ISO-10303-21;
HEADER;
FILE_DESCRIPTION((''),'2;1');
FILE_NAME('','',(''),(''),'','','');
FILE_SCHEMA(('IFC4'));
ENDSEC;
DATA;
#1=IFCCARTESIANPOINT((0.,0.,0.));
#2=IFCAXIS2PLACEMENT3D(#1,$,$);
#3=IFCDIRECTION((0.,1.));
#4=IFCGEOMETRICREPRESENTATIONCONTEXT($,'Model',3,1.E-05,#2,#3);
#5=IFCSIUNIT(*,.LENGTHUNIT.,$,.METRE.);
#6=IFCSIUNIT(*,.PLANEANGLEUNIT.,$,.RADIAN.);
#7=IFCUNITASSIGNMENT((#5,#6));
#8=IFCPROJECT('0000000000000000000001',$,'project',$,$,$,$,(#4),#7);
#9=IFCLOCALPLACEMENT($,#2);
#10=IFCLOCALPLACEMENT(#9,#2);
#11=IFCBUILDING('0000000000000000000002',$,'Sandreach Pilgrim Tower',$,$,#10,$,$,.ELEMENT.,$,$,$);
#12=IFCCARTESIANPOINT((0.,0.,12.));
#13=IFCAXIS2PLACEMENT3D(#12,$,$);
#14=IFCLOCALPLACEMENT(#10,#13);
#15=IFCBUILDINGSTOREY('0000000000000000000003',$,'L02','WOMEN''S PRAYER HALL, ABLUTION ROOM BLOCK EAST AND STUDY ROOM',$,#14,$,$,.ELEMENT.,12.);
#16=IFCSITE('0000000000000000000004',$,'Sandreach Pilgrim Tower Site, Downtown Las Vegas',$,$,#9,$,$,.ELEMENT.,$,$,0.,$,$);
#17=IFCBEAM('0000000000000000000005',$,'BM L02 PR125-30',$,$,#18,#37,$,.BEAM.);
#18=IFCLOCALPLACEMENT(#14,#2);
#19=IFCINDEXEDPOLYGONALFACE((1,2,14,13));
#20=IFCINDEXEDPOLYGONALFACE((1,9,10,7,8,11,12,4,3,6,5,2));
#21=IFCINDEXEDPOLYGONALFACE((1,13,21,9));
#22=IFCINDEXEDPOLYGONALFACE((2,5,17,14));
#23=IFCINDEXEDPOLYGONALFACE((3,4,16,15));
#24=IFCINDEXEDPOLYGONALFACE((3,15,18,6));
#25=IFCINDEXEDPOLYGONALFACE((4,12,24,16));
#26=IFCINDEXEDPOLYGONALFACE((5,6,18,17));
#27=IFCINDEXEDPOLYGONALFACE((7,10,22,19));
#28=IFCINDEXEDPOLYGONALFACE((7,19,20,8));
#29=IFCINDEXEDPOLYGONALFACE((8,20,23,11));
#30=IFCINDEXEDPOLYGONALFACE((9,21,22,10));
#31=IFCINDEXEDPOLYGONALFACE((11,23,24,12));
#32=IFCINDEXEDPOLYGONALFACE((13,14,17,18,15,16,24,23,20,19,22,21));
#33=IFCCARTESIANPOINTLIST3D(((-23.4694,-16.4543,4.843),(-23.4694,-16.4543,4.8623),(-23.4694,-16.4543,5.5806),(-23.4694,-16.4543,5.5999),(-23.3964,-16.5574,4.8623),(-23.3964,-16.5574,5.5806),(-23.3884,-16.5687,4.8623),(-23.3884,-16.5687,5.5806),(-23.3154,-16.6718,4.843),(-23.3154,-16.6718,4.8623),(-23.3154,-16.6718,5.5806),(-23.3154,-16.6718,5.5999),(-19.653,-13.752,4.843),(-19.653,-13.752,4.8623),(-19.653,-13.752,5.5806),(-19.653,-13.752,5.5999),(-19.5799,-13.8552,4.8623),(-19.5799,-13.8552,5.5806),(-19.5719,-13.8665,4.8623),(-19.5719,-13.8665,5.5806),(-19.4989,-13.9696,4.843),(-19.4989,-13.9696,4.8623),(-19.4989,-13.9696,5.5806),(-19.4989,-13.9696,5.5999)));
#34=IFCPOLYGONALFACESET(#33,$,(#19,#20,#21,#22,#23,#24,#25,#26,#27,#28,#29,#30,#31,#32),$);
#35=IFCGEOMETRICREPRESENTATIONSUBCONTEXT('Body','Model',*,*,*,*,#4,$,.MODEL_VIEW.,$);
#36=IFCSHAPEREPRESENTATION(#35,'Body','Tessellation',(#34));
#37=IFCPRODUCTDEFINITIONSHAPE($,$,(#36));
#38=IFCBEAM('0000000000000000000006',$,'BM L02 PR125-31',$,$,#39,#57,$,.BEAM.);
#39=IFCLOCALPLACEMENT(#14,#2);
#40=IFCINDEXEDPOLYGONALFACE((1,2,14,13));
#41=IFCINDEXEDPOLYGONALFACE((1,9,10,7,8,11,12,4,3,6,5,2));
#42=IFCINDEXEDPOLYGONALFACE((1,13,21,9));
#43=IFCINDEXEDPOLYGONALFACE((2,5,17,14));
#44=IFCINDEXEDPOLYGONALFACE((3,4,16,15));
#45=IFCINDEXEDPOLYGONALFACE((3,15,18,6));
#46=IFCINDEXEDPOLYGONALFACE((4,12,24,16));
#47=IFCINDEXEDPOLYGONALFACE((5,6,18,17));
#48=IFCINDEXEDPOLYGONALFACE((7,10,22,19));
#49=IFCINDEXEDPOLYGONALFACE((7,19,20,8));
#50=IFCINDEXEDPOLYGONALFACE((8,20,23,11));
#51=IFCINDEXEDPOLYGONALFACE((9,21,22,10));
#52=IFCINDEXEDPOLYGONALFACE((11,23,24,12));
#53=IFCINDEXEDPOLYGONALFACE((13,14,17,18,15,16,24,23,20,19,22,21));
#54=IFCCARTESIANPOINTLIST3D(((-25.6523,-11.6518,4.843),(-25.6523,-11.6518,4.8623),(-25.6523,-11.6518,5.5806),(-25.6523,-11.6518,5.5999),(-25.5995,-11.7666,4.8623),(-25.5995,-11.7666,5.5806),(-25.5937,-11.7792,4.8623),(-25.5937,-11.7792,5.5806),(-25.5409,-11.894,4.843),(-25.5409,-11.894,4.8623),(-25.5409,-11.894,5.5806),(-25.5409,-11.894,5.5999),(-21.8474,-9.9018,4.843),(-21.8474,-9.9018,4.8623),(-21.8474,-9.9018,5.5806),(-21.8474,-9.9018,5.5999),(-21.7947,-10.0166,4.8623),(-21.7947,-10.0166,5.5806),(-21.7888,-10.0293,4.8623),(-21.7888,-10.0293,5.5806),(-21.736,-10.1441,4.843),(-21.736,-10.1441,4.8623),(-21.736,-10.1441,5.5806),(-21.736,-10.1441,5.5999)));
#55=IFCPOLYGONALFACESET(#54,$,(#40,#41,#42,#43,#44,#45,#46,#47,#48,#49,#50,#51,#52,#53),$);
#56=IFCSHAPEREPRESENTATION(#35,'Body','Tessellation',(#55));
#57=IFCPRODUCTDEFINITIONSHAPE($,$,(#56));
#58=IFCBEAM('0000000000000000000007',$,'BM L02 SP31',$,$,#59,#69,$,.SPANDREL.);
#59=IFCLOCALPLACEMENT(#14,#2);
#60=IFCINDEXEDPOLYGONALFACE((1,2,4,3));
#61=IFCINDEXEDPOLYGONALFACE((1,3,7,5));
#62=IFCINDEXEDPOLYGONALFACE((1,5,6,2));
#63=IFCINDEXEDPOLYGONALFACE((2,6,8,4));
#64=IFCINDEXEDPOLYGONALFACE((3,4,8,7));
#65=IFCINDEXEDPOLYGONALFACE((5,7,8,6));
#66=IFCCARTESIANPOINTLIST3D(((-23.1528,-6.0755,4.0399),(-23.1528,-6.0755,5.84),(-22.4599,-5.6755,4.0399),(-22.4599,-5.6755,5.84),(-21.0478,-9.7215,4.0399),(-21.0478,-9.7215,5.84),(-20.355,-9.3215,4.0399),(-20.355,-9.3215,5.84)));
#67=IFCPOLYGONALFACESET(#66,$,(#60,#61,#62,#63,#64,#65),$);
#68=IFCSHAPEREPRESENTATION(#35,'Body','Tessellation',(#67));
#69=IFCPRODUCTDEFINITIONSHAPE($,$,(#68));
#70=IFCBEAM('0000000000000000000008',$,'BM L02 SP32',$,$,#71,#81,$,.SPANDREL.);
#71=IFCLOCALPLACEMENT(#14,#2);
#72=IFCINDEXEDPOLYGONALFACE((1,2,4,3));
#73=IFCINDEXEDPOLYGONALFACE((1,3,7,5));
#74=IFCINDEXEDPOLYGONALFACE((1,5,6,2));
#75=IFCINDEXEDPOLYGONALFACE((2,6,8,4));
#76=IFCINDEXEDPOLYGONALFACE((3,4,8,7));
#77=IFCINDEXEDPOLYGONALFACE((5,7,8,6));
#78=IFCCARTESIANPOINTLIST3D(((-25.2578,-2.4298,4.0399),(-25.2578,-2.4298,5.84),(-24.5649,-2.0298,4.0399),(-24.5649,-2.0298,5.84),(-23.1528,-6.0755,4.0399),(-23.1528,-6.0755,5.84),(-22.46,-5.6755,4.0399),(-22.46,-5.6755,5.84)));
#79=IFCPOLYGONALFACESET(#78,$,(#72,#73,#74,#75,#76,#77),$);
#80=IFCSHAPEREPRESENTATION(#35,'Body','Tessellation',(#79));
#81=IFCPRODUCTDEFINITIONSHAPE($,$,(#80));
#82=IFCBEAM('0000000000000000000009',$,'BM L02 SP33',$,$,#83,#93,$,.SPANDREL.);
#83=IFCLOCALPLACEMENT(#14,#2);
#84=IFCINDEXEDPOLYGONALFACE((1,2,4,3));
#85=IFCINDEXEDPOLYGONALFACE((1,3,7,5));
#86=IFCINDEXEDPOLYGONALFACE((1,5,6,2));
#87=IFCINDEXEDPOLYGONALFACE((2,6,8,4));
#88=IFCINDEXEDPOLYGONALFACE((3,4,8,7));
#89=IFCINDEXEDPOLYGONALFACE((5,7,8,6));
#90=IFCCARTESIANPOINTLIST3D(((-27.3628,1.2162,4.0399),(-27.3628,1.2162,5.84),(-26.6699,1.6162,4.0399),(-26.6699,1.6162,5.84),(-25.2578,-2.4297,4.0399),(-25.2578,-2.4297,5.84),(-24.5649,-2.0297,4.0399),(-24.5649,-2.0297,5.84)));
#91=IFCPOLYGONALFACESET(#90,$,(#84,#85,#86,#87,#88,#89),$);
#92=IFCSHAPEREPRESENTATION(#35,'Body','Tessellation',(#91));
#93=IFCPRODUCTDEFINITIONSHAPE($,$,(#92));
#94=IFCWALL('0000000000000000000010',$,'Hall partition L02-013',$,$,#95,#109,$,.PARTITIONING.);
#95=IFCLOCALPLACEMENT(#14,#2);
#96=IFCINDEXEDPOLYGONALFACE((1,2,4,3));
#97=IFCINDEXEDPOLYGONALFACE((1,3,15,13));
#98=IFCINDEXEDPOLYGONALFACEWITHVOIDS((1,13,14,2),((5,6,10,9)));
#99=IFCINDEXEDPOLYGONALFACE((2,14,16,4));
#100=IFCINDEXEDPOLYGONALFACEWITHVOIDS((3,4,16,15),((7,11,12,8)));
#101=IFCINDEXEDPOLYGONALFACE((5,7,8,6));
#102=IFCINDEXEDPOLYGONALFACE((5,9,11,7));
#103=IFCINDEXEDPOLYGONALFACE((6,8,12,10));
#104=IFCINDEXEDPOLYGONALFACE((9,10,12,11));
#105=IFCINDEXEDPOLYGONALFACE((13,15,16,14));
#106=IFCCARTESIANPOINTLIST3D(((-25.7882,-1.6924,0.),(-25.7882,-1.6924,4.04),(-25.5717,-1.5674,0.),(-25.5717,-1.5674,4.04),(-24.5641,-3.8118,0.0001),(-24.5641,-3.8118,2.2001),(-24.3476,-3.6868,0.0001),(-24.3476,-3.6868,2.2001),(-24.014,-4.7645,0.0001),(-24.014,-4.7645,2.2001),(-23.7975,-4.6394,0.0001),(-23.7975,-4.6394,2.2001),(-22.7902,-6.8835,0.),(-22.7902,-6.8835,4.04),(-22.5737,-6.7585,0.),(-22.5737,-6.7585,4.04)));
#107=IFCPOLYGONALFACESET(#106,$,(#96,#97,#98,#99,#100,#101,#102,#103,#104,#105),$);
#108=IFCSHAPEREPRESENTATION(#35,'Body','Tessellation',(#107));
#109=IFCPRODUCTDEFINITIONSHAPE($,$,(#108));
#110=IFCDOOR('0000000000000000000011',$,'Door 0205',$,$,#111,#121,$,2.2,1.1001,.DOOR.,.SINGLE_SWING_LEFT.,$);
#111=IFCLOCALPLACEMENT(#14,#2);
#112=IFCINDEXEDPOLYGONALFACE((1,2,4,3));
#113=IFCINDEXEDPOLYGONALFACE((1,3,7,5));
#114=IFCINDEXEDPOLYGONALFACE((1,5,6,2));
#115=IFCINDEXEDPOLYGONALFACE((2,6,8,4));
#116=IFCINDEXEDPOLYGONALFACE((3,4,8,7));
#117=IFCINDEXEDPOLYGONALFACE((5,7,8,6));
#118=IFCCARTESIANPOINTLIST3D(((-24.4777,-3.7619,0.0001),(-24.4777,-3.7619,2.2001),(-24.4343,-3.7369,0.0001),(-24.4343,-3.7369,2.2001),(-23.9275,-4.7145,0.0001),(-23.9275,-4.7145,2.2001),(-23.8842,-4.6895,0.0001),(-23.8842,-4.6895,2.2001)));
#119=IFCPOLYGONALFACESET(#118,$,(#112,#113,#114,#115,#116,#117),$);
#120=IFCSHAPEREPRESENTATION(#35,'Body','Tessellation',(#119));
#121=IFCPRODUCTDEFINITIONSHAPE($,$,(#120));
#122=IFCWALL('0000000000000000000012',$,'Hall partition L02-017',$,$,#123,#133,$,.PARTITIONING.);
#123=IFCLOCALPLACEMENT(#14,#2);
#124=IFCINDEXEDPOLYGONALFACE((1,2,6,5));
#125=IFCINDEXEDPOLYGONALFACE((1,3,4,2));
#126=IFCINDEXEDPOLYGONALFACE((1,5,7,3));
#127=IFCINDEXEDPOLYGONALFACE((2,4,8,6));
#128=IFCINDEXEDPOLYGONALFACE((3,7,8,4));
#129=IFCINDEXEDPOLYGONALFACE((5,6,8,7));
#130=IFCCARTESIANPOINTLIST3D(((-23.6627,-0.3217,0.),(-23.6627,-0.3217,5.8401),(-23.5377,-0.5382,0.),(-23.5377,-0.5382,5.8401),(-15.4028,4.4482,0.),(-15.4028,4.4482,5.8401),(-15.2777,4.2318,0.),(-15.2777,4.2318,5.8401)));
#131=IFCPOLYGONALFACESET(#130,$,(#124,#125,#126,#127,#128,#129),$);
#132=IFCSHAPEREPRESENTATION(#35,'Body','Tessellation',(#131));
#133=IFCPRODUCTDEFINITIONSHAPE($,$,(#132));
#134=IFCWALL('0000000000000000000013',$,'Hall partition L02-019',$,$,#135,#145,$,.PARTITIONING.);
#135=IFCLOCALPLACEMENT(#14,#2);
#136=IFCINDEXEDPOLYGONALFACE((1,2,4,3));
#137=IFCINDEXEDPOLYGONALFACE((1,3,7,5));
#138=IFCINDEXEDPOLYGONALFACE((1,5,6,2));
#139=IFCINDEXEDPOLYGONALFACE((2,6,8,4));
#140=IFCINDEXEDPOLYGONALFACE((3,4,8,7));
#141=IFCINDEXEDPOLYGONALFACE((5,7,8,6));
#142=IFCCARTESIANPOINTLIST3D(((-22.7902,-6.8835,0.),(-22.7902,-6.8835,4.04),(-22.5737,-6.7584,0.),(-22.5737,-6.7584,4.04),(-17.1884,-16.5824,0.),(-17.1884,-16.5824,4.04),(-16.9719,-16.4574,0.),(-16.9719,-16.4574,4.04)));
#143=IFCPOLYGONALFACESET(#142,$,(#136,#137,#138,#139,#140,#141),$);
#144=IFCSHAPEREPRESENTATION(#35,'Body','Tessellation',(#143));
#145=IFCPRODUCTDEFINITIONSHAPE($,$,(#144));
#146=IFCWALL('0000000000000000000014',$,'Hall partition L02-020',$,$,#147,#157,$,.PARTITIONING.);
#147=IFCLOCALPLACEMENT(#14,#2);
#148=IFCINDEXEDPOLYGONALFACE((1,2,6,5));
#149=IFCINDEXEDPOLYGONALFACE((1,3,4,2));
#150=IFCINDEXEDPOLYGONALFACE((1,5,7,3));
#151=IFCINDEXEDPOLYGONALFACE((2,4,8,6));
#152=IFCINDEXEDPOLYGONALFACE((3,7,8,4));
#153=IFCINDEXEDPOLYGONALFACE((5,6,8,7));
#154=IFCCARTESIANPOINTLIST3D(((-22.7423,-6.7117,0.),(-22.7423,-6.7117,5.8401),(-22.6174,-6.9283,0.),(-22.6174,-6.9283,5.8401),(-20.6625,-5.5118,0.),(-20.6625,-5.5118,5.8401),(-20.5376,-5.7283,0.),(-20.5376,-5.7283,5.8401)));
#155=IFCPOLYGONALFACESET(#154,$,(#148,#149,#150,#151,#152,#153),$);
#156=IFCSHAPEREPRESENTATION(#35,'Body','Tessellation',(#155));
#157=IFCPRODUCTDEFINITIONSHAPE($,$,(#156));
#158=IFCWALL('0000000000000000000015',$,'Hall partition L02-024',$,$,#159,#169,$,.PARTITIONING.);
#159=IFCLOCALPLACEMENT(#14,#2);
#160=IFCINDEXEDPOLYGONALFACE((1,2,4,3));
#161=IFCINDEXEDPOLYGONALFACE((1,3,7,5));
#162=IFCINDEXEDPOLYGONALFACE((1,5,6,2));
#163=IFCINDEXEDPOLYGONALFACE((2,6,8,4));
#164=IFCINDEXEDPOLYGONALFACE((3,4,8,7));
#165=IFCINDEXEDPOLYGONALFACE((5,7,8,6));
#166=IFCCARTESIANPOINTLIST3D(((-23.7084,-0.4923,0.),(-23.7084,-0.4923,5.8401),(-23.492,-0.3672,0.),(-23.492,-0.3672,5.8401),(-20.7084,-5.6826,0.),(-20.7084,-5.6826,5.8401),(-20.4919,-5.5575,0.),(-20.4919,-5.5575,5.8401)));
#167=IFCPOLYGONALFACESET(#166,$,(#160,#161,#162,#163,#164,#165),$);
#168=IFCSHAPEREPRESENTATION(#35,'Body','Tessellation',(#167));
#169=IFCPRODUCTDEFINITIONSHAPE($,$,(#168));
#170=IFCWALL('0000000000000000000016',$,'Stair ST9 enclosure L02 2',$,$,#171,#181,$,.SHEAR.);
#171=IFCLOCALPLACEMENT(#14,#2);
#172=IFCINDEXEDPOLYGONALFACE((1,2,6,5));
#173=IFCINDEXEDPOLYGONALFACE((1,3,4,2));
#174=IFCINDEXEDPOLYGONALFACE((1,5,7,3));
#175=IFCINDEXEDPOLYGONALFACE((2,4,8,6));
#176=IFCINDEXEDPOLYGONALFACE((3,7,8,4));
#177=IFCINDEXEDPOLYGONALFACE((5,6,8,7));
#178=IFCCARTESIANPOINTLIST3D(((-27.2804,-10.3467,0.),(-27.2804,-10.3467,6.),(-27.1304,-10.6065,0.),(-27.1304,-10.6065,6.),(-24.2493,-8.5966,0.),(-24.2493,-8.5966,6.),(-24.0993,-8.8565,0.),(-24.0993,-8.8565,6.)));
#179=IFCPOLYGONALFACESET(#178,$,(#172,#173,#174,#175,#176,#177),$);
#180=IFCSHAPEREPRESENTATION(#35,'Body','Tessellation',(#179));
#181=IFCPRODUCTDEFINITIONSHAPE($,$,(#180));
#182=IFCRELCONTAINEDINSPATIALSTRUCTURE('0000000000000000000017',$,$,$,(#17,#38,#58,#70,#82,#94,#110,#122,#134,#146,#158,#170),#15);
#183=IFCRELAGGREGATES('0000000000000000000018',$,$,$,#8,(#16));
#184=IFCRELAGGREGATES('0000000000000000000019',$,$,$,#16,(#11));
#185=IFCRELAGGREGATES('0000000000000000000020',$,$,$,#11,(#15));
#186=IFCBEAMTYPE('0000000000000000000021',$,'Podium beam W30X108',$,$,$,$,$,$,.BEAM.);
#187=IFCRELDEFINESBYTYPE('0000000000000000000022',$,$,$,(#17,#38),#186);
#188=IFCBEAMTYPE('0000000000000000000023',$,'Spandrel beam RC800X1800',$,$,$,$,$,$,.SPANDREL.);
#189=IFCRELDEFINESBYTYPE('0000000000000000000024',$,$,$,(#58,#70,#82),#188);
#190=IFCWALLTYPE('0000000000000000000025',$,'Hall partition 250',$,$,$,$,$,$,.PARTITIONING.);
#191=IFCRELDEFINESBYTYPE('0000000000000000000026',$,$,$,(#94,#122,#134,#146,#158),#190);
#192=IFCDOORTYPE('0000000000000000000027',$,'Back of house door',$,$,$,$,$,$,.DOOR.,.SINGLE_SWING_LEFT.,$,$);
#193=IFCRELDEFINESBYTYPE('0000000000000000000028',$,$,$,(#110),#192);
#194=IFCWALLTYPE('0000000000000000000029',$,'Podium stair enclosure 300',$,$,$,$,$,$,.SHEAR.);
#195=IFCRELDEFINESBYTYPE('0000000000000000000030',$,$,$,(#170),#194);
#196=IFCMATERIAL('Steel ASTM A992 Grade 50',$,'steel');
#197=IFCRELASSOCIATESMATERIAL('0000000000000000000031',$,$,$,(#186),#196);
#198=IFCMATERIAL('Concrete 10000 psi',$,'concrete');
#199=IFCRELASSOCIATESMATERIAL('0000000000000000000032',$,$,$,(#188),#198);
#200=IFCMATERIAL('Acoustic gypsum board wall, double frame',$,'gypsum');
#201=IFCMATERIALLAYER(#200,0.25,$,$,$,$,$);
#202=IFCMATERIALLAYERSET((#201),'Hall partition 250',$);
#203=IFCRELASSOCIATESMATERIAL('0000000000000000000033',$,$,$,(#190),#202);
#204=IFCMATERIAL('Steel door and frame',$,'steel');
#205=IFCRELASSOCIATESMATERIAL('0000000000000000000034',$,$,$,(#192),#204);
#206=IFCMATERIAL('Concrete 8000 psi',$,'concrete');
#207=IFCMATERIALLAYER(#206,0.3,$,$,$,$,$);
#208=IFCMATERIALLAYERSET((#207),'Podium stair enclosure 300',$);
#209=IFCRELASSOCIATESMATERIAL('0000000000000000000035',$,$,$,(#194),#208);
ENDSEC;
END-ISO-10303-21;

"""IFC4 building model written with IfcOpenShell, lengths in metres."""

from ifc_helpers import new_model, si_unit, direction, frame, frame_2d, origin, origin_2d, place, context, subcontext, project, spatial, rectangle, i_section, extrude, material, layer, layer_set, material_profile, profile_set, type_object, element, fill, save


model = new_model("IFC4")

# Units and contexts
model_context = context("Model", 3, precision=1e-05, world=origin(), true_north=direction((0.0, 1.0)))
body_context = subcontext(model_context, "Body", "Model", "MODEL_VIEW")
ifc_project = project(units=[si_unit("LENGTHUNIT", "METRE"), si_unit("PLANEANGLEUNIT", "RADIAN")], contexts=[model_context])

# Site, building, storey
site_placement = place(None, origin())
site = spatial("IfcSite", under=ifc_project, at=site_placement, Name="Sandreach Pilgrim Tower Site, Downtown Las Vegas", CompositionType="ELEMENT", RefElevation=0.0)
building_placement = place(site_placement, origin())
building = spatial("IfcBuilding", under=site, at=building_placement, Name="Sandreach Pilgrim Tower", CompositionType="ELEMENT")
storey_placement = place(building_placement, frame((0.0, 0.0, 12.0)))
storey = spatial("IfcBuildingStorey", under=building, at=storey_placement, Name="L02", Description="WOMEN'S PRAYER HALL, ABLUTION ROOM BLOCK EAST AND STUDY ROOM", CompositionType="ELEMENT", Elevation=12.0)

# Beams
ifc_material_1 = material(Name="Steel ASTM A992 Grade 50", Category="steel")
ifc_material_profile_1 = material_profile(ifc_material_1, i_section(OverallWidth=0.2666, OverallDepth=0.7568, WebThickness=0.0139, FlangeThickness=0.0193, at=origin_2d()), Name="W30X108")
ifc_profile_set_1 = profile_set([ifc_material_profile_1], Name="Steel ASTM A992 Grade 50")
beam_type_1 = type_object("IfcBeamType", Name="Podium beam W30X108", PredefinedType="BEAM", material=ifc_profile_set_1)
beam_1_placement = place(storey_placement, frame((-19.5759, -13.8608, 5.2214), z_axis=(-0.816139, -0.577855, 0.0), x_axis=(0.577855, -0.816139, 0.0)))
element("IfcBeam", 1, at=beam_1_placement, inside=storey, type_object=beam_type_1, Name="BM L02 PR125-30", PredefinedType="BEAM", context=body_context, shape_type="SweptSolid", body=[
    extrude(i_section(OverallWidth=0.2666, OverallDepth=0.7568, WebThickness=0.0139, FlangeThickness=0.0193, at=origin_2d()), origin(), (0.0, 0.0, 1.0), 4.6763),
])
beam_2_placement = place(storey_placement, frame((-21.7917, -10.0229, 5.2214), z_axis=(-0.908515, -0.417853, 0.0), x_axis=(0.417853, -0.908515, 0.0)))
element("IfcBeam", 2, at=beam_2_placement, inside=storey, type_object=beam_type_1, Name="BM L02 PR125-31", PredefinedType="BEAM", context=body_context, shape_type="SweptSolid", body=[
    extrude(i_section(OverallWidth=0.2666, OverallDepth=0.7568, WebThickness=0.0139, FlangeThickness=0.0193, at=origin_2d()), origin(), (0.0, 0.0, 1.0), 4.188),
])
ifc_material_2 = material(Name="Concrete 10000 psi", Category="concrete")
ifc_material_profile_2 = material_profile(ifc_material_2, rectangle(XDim=0.8, YDim=1.8, at=origin_2d()), Name="RC800X1800")
ifc_profile_set_2 = profile_set([ifc_material_profile_2], Name="Concrete 10000 psi")
beam_type_2 = type_object("IfcBeamType", Name="Spandrel beam RC800X1800", PredefinedType="SPANDREL", material=ifc_profile_set_2)
beam_3_placement = place(storey_placement, frame((-20.7014, -9.5215, 4.9399), z_axis=(-0.499994, 0.866029, 0.0), x_axis=(-0.866029, -0.499994, 0.0)))
element("IfcBeam", 3, at=beam_3_placement, inside=storey, type_object=beam_type_2, Name="BM L02 SP31", PredefinedType="SPANDREL", context=body_context, shape_type="SweptSolid", body=[
    extrude(rectangle(XDim=0.8, YDim=1.8, at=origin_2d()), origin(), (0.0, 0.0, 1.0), 4.21),
])
beam_4_placement = place(storey_placement, frame((-22.8064, -5.8755, 4.9399), z_axis=(-0.500019, 0.866015, 0.0), x_axis=(-0.866015, -0.500019, 0.0)))
element("IfcBeam", 4, at=beam_4_placement, inside=storey, type_object=beam_type_2, Name="BM L02 SP32", PredefinedType="SPANDREL", context=body_context, shape_type="SweptSolid", body=[
    extrude(rectangle(XDim=0.8, YDim=1.8, at=origin_2d()), origin(), (0.0, 0.0, 1.0), 4.2097),
])
beam_5_placement = place(storey_placement, frame((-24.9114, -2.2297, 4.9399), z_axis=(-0.499994, 0.866029, 0.0), x_axis=(-0.866029, -0.499994, 0.0)))
element("IfcBeam", 5, at=beam_5_placement, inside=storey, type_object=beam_type_2, Name="BM L02 SP33", PredefinedType="SPANDREL", context=body_context, shape_type="SweptSolid", body=[
    extrude(rectangle(XDim=0.8, YDim=1.8, at=origin_2d()), origin(), (0.0, 0.0, 1.0), 4.21),
])

# Wall, opening, door
ifc_material_3 = material(Name="Acoustic gypsum board wall, double frame", Category="gypsum")
ifc_layer_1 = layer(ifc_material_3, 0.25)
ifc_layer_set_1 = layer_set([ifc_layer_1], Name="Hall partition 250")
wall_type_1 = type_object("IfcWallType", Name="Hall partition 250", PredefinedType="PARTITIONING", material=ifc_layer_set_1)
wall_1_placement = place(storey_placement, frame((-25.6799, -1.6299, 0.0), z_axis=(0.0, 0.0, 1.0), x_axis=(0.500116, -0.865958, 0.0)))
wall_1 = element("IfcWall", 6, at=wall_1_placement, inside=storey, type_object=wall_type_1, Name="Hall partition L02-013", PredefinedType="PARTITIONING", context=body_context, shape_type="SweptSolid", body=[
    extrude(rectangle(XDim=5.9946, YDim=0.25, at=frame_2d((2.9973, 0.0))), origin(), (0.0, 0.0, 1.0), 4.04),
])
opening_placement = place(wall_1_placement, frame((2.4475, 0.0, 0.0)))
opening = element("IfcOpeningElement", 7, at=opening_placement, cuts=wall_1, PredefinedType="OPENING", context=body_context, shape_type="SweptSolid", body=[
    extrude(rectangle(XDim=1.1001, YDim=2.2, at=frame_2d((0.55, 1.1001))), frame((0.0, 0.125, 0.0), z_axis=(0.0, -1.0, 0.0), x_axis=(1.0, 0.0, 0.0)), (0.0, 0.0, 1.0), 0.25),
])
ifc_material_4 = material(Name="Steel door and frame", Category="steel")
door_type = type_object("IfcDoorType", Name="Back of house door", OperationType="SINGLE_SWING_LEFT", PredefinedType="DOOR", material=ifc_material_4)
door_placement = place(opening_placement, origin())
door = element("IfcDoor", 8, at=door_placement, inside=storey, type_object=door_type, Name="Door 0205", OperationType="SINGLE_SWING_LEFT", OverallHeight=2.2, OverallWidth=1.1001, PredefinedType="DOOR", context=body_context, shape_type="SweptSolid", body=[
    extrude(rectangle(XDim=1.1001, YDim=2.2, at=frame_2d((0.55, 1.1001))), frame((0.0, 0.0249, 0.0), z_axis=(0.0, -1.0, 0.0), x_axis=(1.0, 0.0, 0.0)), (0.0, 0.0, 1.0), 0.05),
])
fill(opening, door)

# Walls
wall_2_placement = place(storey_placement, frame((-23.6001, -0.4299, 0.0), z_axis=(0.0, 0.0, 1.0), x_axis=(0.865975, 0.500087, 0.0)))
element("IfcWall", 9, at=wall_2_placement, inside=storey, type_object=wall_type_1, Name="Hall partition L02-017", PredefinedType="PARTITIONING", context=body_context, shape_type="SweptSolid", body=[
    extrude(rectangle(XDim=9.5383, YDim=0.25, at=frame_2d((4.769, 0.0))), origin(), (0.0, 0.0, 1.0), 5.8401),
])
wall_3_placement = place(storey_placement, frame((-22.6819, -6.821, 0.0), z_axis=(0.0, 0.0, 1.0), x_axis=(0.500141, -0.865944, 0.0)))
element("IfcWall", 10, at=wall_3_placement, inside=storey, type_object=wall_type_1, Name="Hall partition L02-019", PredefinedType="PARTITIONING", context=body_context, shape_type="SweptSolid", body=[
    extrude(rectangle(XDim=11.2004, YDim=0.25, at=frame_2d((5.6001, 0.0))), origin(), (0.0, 0.0, 1.0), 4.04),
])
wall_4_placement = place(storey_placement, frame((-22.6799, -6.8201, 0.0), z_axis=(0.0, 0.0, 1.0), x_axis=(0.866177, 0.499737, 0.0)))
element("IfcWall", 11, at=wall_4_placement, inside=storey, type_object=wall_type_1, Name="Hall partition L02-020", PredefinedType="PARTITIONING", context=body_context, shape_type="SweptSolid", body=[
    extrude(rectangle(XDim=2.4011, YDim=0.25, at=frame_2d((1.2007, 0.0))), origin(), (0.0, 0.0, 1.0), 5.8401),
])
wall_5_placement = place(storey_placement, frame((-20.6001, -5.6201, 0.0), z_axis=(0.0, 0.0, 1.0), x_axis=(-0.500431, 0.865776, 0.0)))
element("IfcWall", 12, at=wall_5_placement, inside=storey, type_object=wall_type_1, Name="Hall partition L02-024", PredefinedType="PARTITIONING", context=body_context, shape_type="SweptSolid", body=[
    extrude(rectangle(XDim=5.9949, YDim=0.25, at=frame_2d((2.9976, 0.0))), origin(), (0.0, 0.0, 1.0), 5.8401),
])
ifc_material_5 = material(Name="Concrete 8000 psi", Category="concrete")
ifc_layer_2 = layer(ifc_material_5, 0.3)
ifc_layer_set_2 = layer_set([ifc_layer_2], Name="Podium stair enclosure 300")
wall_type_2 = type_object("IfcWallType", Name="Podium stair enclosure 300", PredefinedType="SHEAR", material=ifc_layer_set_2)
wall_6_placement = place(storey_placement, frame((-24.1743, -8.7266, 0.0), z_axis=(0.0, 0.0, 1.0), x_axis=(-0.866019, -0.50001, 0.0)))
element("IfcWall", 13, at=wall_6_placement, inside=storey, type_object=wall_type_2, Name="Stair ST9 enclosure L02 2", PredefinedType="SHEAR", context=body_context, shape_type="SweptSolid", body=[
    extrude(rectangle(XDim=3.5, YDim=0.3, at=frame_2d((1.75, 0.0))), origin(), (0.0, 0.0, 1.0), 6.0),
])

save(model, "model.ifc")
